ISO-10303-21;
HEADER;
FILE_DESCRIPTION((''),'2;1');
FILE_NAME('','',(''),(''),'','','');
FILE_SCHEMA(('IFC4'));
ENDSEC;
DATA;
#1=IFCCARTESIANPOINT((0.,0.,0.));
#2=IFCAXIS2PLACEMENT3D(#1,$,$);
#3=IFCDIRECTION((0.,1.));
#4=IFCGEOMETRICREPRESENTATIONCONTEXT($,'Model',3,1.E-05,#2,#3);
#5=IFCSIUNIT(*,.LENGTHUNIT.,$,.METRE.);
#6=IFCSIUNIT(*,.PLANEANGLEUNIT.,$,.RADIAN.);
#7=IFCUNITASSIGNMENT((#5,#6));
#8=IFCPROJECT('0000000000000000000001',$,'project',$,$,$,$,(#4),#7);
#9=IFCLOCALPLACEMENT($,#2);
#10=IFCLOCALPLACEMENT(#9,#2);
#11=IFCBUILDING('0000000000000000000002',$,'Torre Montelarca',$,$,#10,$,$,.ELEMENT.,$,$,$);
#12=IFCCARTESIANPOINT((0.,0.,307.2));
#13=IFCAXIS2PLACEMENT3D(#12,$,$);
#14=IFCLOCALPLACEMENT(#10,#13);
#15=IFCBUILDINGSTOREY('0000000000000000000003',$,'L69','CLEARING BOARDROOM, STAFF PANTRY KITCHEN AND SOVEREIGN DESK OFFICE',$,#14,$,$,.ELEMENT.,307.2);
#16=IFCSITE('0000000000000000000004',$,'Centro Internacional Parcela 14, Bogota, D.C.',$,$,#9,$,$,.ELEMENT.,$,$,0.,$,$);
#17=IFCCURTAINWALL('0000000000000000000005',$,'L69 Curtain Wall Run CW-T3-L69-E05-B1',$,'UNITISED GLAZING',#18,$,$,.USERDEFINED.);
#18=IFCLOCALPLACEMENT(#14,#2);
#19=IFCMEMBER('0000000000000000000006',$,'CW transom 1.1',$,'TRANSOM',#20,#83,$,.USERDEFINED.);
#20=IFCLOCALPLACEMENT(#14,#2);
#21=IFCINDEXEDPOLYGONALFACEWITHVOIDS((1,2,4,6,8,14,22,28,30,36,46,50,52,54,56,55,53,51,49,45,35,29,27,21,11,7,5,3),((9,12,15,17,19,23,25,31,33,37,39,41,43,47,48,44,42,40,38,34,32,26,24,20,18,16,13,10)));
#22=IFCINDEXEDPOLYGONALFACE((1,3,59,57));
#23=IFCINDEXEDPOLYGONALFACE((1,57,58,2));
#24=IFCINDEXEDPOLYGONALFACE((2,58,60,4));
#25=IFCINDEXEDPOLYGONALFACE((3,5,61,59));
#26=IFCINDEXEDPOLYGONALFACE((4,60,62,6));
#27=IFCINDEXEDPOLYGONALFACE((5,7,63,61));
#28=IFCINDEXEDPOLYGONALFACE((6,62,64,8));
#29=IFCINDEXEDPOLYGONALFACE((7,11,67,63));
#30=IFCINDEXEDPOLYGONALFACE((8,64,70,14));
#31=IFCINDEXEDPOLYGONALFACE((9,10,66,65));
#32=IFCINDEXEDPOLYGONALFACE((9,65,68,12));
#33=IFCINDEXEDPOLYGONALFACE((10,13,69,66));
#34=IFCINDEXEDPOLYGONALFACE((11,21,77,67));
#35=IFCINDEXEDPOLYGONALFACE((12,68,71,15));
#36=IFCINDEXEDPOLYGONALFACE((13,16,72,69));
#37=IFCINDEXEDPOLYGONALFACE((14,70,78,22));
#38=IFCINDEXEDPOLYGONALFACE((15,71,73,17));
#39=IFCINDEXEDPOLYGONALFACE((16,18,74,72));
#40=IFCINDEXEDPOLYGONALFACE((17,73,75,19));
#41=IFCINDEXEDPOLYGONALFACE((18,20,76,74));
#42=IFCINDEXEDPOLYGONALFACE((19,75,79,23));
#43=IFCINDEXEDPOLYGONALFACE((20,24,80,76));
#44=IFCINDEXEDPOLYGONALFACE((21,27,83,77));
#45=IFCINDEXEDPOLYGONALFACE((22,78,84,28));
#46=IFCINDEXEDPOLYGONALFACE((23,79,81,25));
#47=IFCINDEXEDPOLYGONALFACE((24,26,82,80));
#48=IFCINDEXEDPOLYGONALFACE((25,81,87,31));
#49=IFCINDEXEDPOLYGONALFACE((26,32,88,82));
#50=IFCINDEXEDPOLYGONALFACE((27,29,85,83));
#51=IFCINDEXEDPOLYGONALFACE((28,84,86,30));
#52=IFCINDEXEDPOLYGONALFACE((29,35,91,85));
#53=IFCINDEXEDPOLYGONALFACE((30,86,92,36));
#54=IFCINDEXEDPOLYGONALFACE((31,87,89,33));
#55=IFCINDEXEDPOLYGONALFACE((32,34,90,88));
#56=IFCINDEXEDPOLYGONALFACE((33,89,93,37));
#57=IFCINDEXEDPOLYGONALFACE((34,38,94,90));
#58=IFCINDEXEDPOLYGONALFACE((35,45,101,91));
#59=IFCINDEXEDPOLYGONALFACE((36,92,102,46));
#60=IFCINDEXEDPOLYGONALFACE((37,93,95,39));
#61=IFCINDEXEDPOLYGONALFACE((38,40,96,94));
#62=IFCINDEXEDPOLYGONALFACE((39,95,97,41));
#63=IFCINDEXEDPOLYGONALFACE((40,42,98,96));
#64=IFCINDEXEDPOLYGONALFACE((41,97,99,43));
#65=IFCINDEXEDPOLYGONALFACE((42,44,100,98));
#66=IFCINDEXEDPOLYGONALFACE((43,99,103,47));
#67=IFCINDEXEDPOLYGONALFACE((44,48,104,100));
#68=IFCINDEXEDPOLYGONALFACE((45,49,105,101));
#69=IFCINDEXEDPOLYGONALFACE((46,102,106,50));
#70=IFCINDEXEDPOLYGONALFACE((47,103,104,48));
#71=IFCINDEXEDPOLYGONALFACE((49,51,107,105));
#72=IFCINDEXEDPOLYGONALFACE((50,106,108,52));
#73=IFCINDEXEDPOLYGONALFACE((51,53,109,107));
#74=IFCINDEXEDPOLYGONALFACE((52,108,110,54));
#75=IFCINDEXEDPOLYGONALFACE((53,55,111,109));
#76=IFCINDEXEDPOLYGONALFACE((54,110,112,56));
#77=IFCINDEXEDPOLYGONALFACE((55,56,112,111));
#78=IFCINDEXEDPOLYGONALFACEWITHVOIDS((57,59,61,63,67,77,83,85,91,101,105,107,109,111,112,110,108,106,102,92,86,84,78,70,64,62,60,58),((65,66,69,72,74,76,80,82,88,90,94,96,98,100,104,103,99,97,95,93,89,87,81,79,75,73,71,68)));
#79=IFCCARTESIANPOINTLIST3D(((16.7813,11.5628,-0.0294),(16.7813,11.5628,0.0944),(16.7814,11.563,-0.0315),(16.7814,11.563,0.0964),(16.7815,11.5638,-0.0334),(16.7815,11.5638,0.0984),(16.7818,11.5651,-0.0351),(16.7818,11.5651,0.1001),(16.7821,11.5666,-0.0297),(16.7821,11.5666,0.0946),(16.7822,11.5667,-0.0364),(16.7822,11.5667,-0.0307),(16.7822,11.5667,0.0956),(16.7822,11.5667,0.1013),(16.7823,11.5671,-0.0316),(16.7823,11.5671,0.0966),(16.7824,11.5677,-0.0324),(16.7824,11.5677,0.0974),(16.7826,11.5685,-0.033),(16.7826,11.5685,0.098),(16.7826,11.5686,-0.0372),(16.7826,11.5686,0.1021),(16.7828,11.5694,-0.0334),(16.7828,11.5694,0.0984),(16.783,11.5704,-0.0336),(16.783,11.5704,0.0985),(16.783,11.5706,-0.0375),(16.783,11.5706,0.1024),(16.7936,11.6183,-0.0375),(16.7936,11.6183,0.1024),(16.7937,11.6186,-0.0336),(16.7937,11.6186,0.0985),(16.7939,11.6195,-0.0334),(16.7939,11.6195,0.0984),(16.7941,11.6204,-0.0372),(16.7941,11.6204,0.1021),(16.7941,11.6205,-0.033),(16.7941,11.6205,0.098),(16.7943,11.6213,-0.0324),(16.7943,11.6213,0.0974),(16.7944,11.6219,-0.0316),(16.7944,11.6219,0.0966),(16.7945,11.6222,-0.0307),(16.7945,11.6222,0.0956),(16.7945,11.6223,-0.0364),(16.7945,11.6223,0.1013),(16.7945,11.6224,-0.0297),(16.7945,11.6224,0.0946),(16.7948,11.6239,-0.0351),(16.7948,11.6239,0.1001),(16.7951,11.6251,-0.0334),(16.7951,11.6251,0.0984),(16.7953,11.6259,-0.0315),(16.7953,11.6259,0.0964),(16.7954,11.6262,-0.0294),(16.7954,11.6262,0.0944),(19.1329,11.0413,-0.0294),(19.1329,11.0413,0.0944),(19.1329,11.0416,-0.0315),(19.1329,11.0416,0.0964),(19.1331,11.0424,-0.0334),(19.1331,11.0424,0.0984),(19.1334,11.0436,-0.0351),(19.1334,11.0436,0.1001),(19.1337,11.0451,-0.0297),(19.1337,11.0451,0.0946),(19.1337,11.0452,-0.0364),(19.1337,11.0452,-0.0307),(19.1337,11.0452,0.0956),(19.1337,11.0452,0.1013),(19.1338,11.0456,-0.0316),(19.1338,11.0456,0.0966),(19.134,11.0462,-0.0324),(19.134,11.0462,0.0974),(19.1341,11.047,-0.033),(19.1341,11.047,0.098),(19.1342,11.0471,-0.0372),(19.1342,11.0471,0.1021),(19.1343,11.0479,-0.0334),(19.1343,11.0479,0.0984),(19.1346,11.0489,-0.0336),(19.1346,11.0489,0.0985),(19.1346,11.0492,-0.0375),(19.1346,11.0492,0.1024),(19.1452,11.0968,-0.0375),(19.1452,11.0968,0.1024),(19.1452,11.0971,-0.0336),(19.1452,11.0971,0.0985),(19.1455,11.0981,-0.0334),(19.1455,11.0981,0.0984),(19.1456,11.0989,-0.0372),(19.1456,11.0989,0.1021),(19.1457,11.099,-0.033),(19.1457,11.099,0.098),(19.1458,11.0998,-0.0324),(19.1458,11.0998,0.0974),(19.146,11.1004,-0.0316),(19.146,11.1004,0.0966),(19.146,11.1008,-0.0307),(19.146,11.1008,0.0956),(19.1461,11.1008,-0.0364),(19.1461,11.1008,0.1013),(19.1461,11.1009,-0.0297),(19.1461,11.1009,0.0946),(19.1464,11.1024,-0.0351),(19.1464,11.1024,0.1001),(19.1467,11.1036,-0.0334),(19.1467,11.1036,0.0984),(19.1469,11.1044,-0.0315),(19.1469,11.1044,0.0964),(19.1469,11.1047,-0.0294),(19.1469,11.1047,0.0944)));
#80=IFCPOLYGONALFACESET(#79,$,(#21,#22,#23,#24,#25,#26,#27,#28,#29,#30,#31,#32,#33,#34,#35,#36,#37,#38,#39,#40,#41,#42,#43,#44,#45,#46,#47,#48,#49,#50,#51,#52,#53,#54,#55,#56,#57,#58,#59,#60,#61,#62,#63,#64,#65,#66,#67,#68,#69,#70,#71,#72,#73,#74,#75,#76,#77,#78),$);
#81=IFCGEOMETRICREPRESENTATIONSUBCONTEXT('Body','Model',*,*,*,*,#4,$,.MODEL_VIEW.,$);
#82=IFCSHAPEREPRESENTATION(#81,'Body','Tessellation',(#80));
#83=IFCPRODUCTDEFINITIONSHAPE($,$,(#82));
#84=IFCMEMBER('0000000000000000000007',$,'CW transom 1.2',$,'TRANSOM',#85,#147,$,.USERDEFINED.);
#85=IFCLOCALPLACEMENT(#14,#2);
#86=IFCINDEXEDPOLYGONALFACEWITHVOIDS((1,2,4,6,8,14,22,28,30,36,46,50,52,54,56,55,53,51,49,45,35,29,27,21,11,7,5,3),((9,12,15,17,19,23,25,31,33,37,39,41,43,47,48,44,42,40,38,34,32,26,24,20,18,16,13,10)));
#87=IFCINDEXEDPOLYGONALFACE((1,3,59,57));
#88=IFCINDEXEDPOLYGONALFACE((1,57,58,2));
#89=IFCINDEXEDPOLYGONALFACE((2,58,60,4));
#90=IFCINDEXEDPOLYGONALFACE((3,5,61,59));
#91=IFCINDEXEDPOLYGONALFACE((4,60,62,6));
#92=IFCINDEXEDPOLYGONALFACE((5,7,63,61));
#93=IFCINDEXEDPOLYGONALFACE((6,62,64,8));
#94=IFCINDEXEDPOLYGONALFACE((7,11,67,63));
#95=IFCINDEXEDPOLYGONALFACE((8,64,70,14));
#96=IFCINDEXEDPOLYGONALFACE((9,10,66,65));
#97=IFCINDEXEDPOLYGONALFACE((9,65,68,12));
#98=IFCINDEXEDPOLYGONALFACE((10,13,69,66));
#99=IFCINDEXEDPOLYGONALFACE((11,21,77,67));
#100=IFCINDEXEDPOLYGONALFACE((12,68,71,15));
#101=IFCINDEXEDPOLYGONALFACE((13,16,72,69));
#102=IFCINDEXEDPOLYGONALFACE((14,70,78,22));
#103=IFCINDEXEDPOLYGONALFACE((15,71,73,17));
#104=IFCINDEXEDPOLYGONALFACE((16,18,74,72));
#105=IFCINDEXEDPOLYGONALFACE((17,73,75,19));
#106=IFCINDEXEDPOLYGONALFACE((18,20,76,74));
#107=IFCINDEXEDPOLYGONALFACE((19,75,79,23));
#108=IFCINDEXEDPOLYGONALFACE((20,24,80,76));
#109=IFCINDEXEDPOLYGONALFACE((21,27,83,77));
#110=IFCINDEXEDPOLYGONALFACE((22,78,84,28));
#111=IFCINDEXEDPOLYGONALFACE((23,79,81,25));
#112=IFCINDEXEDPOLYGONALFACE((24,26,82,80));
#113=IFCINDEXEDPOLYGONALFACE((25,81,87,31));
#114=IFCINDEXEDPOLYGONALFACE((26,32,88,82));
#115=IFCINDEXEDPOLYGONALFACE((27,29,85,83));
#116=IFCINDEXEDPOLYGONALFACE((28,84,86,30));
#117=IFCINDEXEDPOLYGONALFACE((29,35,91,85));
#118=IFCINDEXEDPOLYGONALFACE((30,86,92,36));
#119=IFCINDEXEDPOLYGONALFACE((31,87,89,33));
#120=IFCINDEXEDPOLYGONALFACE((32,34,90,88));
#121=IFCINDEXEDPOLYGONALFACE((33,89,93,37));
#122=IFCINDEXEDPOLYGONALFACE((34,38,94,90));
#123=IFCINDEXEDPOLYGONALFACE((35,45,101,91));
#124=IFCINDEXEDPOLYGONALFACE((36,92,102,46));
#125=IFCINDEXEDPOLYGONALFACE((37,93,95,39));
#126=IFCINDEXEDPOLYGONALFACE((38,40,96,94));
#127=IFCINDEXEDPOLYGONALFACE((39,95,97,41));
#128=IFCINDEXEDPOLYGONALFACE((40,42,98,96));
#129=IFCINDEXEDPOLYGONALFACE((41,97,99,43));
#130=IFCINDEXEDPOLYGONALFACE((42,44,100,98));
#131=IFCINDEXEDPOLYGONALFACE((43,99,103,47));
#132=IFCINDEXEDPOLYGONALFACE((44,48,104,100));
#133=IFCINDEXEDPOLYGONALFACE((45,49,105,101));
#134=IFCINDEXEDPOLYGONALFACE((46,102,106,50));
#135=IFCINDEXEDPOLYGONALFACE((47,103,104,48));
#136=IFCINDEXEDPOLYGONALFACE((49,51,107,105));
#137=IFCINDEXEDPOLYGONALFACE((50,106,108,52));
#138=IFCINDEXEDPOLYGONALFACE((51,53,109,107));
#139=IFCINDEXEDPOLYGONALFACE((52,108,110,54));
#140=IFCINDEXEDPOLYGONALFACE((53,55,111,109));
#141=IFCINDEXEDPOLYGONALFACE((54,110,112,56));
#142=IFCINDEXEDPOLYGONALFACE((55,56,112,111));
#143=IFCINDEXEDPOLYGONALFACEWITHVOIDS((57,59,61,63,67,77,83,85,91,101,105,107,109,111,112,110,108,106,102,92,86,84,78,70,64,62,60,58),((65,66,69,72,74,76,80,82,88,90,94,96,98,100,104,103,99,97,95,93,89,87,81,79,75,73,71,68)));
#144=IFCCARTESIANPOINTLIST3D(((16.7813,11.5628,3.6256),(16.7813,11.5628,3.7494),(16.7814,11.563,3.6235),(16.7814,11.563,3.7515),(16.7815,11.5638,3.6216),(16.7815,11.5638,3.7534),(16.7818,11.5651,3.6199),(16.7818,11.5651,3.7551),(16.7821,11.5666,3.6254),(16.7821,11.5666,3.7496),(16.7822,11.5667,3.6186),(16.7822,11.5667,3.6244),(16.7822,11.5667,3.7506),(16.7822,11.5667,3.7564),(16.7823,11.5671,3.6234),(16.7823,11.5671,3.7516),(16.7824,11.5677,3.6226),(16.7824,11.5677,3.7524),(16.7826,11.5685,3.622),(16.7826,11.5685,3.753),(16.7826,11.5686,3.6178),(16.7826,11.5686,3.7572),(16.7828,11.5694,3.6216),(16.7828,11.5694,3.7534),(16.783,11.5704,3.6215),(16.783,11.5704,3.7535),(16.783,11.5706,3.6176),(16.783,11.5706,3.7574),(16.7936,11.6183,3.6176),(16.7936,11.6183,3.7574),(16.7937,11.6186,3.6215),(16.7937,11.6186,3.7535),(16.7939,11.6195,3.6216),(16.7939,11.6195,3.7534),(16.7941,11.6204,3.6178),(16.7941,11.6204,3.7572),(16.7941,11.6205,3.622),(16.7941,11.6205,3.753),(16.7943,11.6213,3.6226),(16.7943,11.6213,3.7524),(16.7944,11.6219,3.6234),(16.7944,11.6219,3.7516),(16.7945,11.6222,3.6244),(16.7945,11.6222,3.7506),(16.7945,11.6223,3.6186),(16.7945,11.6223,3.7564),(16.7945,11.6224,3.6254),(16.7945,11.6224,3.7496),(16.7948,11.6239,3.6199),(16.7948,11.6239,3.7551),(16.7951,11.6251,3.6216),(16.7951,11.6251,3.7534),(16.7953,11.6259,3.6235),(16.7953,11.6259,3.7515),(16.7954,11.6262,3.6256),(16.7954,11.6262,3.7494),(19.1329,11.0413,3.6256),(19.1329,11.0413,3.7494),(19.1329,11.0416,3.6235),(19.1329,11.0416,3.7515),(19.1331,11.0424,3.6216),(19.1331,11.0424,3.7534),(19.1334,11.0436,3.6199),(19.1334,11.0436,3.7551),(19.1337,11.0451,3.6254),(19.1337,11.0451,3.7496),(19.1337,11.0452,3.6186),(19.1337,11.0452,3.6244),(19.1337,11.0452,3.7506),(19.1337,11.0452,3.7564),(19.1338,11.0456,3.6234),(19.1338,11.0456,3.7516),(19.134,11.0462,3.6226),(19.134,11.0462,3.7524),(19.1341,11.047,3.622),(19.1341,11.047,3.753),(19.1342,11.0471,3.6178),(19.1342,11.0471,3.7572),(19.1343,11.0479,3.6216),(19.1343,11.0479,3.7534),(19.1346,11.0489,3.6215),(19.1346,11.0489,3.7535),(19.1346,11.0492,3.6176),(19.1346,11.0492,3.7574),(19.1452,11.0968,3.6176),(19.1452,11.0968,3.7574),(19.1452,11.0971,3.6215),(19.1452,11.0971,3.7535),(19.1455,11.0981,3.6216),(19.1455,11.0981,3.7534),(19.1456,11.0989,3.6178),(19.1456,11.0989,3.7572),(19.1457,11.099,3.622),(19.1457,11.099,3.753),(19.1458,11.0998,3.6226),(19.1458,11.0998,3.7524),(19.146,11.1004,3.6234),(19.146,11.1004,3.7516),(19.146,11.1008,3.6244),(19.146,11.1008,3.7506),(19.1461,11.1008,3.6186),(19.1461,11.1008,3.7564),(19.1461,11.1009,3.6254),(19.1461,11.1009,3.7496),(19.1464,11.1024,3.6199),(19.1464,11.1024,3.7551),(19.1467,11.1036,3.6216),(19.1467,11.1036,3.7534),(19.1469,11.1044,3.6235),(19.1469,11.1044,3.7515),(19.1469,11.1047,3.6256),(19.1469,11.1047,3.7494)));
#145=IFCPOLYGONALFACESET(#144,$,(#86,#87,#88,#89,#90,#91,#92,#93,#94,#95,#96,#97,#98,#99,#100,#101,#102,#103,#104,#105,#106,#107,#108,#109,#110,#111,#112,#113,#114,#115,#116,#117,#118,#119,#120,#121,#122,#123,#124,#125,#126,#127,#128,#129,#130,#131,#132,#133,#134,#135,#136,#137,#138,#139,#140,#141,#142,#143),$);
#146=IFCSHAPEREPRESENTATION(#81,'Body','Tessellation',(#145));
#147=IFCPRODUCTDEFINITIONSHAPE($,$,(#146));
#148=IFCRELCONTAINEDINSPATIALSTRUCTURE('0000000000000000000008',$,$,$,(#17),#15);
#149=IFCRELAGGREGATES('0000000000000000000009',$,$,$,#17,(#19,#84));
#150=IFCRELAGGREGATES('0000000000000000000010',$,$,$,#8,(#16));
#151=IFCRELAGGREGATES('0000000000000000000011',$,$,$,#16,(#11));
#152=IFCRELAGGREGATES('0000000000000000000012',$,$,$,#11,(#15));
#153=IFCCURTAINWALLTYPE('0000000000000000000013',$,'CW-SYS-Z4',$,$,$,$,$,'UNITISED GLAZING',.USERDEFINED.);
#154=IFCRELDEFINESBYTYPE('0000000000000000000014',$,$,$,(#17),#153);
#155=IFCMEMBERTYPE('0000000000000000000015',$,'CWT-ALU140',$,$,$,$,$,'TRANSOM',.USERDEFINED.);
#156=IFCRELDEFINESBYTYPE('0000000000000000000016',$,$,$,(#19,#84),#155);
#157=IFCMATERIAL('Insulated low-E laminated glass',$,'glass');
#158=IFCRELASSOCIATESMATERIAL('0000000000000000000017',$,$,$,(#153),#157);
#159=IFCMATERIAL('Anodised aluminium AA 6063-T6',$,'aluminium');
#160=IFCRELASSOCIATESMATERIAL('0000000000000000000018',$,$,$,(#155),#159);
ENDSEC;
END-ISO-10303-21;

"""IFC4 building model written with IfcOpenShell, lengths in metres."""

from ifc_helpers import new_model, si_unit, direction, frame, origin, origin_2d, place, context, subcontext, project, spatial, hollow_rectangle, extrude, source, transform, mapped, material, material_profile, profile_set, type_object, element, aggregate, save


model = new_model("IFC4")

# Units and contexts
model_context = context("Model", 3, precision=1e-05, world=origin(), true_north=direction((0.0, 1.0)))
body_context = subcontext(model_context, "Body", "Model", "MODEL_VIEW")
ifc_project = project(units=[si_unit("LENGTHUNIT", "METRE"), si_unit("PLANEANGLEUNIT", "RADIAN")], contexts=[model_context])

# Site, building, storey
site_placement = place(None, origin())
site = spatial("IfcSite", under=ifc_project, at=site_placement, Name="Centro Internacional Parcela 14, Bogota, D.C.", CompositionType="ELEMENT", RefElevation=0.0)
building_placement = place(site_placement, origin())
building = spatial("IfcBuilding", under=site, at=building_placement, Name="Torre Montelarca", CompositionType="ELEMENT")
storey_placement = place(building_placement, frame((0.0, 0.0, 307.2)))
storey = spatial("IfcBuildingStorey", under=building, at=storey_placement, Name="L69", Description="CLEARING BOARDROOM, STAFF PANTRY KITCHEN AND SOVEREIGN DESK OFFICE", CompositionType="ELEMENT", Elevation=307.2)

# Curtain wall
ifc_material_1 = material(Name="Insulated low-E laminated glass", Category="glass")
curtain_wall_type = type_object("IfcCurtainWallType", Name="CW-SYS-Z4", ElementType="UNITISED GLAZING", PredefinedType="USERDEFINED", material=ifc_material_1)
curtain_wall_1_placement = place(storey_placement, origin())
curtain_wall_1 = element("IfcCurtainWall", 1, at=curtain_wall_1_placement, inside=storey, type_object=curtain_wall_type, Name="L69 Curtain Wall Run CW-T3-L69-E05-B1", ObjectType="UNITISED GLAZING", PredefinedType="USERDEFINED")
ifc_material_2 = material(Name="Anodised aluminium AA 6063-T6", Category="aluminium")

# Members
ifc_material_profile_1 = material_profile(ifc_material_2, hollow_rectangle(XDim=0.0649, YDim=0.1399, WallThickness=0.0039, InnerFilletRadius=0.0039, OuterFilletRadius=0.0081, at=origin_2d()), Name="ALU65X140X4", Category="aluminium")
ifc_profile_set_1 = profile_set([ifc_material_profile_1], Name="Anodised aluminium AA 6063-T6")
member_type_1 = type_object("IfcMemberType", Name="CWT-ALU140", ElementType="TRANSOM", PredefinedType="USERDEFINED", material=ifc_profile_set_1)
shared_shape_1 = source(origin(), body_context, "Body", "SweptSolid", [
    extrude(hollow_rectangle(XDim=0.0649, YDim=0.1399, WallThickness=0.0039, InnerFilletRadius=0.0039, OuterFilletRadius=0.0081, at=origin_2d()), origin(), (0.0, 0.0, 1.0), 2.4087),
])
member_1_placement = place(storey_placement, frame((16.7883, 11.5945, 0.0325), z_axis=(0.976282, -0.216501, 0.0), x_axis=(0.216501, 0.976282, 0.0)))
member_1 = element("IfcMember", 2, at=member_1_placement, type_object=member_type_1, Name="CW transom 1.1", ObjectType="TRANSOM", PredefinedType="USERDEFINED", context=body_context, shape_type="MappedRepresentation", body=[
    mapped(shared_shape_1, transform((0.0, 0.0, 0.0), scale=1.0)),
])
member_2_placement = place(storey_placement, frame((16.7883, 11.5945, 3.6875), z_axis=(0.976282, -0.216501, 0.0), x_axis=(0.216501, 0.976282, 0.0)))
member_2 = element("IfcMember", 3, at=member_2_placement, type_object=member_type_1, Name="CW transom 1.2", ObjectType="TRANSOM", PredefinedType="USERDEFINED", context=body_context, shape_type="MappedRepresentation", body=[
    mapped(shared_shape_1, transform((0.0, 0.0, 0.0), scale=1.0)),
])

aggregate(curtain_wall_1, [member_1, member_2])

save(model, "model.ifc")
